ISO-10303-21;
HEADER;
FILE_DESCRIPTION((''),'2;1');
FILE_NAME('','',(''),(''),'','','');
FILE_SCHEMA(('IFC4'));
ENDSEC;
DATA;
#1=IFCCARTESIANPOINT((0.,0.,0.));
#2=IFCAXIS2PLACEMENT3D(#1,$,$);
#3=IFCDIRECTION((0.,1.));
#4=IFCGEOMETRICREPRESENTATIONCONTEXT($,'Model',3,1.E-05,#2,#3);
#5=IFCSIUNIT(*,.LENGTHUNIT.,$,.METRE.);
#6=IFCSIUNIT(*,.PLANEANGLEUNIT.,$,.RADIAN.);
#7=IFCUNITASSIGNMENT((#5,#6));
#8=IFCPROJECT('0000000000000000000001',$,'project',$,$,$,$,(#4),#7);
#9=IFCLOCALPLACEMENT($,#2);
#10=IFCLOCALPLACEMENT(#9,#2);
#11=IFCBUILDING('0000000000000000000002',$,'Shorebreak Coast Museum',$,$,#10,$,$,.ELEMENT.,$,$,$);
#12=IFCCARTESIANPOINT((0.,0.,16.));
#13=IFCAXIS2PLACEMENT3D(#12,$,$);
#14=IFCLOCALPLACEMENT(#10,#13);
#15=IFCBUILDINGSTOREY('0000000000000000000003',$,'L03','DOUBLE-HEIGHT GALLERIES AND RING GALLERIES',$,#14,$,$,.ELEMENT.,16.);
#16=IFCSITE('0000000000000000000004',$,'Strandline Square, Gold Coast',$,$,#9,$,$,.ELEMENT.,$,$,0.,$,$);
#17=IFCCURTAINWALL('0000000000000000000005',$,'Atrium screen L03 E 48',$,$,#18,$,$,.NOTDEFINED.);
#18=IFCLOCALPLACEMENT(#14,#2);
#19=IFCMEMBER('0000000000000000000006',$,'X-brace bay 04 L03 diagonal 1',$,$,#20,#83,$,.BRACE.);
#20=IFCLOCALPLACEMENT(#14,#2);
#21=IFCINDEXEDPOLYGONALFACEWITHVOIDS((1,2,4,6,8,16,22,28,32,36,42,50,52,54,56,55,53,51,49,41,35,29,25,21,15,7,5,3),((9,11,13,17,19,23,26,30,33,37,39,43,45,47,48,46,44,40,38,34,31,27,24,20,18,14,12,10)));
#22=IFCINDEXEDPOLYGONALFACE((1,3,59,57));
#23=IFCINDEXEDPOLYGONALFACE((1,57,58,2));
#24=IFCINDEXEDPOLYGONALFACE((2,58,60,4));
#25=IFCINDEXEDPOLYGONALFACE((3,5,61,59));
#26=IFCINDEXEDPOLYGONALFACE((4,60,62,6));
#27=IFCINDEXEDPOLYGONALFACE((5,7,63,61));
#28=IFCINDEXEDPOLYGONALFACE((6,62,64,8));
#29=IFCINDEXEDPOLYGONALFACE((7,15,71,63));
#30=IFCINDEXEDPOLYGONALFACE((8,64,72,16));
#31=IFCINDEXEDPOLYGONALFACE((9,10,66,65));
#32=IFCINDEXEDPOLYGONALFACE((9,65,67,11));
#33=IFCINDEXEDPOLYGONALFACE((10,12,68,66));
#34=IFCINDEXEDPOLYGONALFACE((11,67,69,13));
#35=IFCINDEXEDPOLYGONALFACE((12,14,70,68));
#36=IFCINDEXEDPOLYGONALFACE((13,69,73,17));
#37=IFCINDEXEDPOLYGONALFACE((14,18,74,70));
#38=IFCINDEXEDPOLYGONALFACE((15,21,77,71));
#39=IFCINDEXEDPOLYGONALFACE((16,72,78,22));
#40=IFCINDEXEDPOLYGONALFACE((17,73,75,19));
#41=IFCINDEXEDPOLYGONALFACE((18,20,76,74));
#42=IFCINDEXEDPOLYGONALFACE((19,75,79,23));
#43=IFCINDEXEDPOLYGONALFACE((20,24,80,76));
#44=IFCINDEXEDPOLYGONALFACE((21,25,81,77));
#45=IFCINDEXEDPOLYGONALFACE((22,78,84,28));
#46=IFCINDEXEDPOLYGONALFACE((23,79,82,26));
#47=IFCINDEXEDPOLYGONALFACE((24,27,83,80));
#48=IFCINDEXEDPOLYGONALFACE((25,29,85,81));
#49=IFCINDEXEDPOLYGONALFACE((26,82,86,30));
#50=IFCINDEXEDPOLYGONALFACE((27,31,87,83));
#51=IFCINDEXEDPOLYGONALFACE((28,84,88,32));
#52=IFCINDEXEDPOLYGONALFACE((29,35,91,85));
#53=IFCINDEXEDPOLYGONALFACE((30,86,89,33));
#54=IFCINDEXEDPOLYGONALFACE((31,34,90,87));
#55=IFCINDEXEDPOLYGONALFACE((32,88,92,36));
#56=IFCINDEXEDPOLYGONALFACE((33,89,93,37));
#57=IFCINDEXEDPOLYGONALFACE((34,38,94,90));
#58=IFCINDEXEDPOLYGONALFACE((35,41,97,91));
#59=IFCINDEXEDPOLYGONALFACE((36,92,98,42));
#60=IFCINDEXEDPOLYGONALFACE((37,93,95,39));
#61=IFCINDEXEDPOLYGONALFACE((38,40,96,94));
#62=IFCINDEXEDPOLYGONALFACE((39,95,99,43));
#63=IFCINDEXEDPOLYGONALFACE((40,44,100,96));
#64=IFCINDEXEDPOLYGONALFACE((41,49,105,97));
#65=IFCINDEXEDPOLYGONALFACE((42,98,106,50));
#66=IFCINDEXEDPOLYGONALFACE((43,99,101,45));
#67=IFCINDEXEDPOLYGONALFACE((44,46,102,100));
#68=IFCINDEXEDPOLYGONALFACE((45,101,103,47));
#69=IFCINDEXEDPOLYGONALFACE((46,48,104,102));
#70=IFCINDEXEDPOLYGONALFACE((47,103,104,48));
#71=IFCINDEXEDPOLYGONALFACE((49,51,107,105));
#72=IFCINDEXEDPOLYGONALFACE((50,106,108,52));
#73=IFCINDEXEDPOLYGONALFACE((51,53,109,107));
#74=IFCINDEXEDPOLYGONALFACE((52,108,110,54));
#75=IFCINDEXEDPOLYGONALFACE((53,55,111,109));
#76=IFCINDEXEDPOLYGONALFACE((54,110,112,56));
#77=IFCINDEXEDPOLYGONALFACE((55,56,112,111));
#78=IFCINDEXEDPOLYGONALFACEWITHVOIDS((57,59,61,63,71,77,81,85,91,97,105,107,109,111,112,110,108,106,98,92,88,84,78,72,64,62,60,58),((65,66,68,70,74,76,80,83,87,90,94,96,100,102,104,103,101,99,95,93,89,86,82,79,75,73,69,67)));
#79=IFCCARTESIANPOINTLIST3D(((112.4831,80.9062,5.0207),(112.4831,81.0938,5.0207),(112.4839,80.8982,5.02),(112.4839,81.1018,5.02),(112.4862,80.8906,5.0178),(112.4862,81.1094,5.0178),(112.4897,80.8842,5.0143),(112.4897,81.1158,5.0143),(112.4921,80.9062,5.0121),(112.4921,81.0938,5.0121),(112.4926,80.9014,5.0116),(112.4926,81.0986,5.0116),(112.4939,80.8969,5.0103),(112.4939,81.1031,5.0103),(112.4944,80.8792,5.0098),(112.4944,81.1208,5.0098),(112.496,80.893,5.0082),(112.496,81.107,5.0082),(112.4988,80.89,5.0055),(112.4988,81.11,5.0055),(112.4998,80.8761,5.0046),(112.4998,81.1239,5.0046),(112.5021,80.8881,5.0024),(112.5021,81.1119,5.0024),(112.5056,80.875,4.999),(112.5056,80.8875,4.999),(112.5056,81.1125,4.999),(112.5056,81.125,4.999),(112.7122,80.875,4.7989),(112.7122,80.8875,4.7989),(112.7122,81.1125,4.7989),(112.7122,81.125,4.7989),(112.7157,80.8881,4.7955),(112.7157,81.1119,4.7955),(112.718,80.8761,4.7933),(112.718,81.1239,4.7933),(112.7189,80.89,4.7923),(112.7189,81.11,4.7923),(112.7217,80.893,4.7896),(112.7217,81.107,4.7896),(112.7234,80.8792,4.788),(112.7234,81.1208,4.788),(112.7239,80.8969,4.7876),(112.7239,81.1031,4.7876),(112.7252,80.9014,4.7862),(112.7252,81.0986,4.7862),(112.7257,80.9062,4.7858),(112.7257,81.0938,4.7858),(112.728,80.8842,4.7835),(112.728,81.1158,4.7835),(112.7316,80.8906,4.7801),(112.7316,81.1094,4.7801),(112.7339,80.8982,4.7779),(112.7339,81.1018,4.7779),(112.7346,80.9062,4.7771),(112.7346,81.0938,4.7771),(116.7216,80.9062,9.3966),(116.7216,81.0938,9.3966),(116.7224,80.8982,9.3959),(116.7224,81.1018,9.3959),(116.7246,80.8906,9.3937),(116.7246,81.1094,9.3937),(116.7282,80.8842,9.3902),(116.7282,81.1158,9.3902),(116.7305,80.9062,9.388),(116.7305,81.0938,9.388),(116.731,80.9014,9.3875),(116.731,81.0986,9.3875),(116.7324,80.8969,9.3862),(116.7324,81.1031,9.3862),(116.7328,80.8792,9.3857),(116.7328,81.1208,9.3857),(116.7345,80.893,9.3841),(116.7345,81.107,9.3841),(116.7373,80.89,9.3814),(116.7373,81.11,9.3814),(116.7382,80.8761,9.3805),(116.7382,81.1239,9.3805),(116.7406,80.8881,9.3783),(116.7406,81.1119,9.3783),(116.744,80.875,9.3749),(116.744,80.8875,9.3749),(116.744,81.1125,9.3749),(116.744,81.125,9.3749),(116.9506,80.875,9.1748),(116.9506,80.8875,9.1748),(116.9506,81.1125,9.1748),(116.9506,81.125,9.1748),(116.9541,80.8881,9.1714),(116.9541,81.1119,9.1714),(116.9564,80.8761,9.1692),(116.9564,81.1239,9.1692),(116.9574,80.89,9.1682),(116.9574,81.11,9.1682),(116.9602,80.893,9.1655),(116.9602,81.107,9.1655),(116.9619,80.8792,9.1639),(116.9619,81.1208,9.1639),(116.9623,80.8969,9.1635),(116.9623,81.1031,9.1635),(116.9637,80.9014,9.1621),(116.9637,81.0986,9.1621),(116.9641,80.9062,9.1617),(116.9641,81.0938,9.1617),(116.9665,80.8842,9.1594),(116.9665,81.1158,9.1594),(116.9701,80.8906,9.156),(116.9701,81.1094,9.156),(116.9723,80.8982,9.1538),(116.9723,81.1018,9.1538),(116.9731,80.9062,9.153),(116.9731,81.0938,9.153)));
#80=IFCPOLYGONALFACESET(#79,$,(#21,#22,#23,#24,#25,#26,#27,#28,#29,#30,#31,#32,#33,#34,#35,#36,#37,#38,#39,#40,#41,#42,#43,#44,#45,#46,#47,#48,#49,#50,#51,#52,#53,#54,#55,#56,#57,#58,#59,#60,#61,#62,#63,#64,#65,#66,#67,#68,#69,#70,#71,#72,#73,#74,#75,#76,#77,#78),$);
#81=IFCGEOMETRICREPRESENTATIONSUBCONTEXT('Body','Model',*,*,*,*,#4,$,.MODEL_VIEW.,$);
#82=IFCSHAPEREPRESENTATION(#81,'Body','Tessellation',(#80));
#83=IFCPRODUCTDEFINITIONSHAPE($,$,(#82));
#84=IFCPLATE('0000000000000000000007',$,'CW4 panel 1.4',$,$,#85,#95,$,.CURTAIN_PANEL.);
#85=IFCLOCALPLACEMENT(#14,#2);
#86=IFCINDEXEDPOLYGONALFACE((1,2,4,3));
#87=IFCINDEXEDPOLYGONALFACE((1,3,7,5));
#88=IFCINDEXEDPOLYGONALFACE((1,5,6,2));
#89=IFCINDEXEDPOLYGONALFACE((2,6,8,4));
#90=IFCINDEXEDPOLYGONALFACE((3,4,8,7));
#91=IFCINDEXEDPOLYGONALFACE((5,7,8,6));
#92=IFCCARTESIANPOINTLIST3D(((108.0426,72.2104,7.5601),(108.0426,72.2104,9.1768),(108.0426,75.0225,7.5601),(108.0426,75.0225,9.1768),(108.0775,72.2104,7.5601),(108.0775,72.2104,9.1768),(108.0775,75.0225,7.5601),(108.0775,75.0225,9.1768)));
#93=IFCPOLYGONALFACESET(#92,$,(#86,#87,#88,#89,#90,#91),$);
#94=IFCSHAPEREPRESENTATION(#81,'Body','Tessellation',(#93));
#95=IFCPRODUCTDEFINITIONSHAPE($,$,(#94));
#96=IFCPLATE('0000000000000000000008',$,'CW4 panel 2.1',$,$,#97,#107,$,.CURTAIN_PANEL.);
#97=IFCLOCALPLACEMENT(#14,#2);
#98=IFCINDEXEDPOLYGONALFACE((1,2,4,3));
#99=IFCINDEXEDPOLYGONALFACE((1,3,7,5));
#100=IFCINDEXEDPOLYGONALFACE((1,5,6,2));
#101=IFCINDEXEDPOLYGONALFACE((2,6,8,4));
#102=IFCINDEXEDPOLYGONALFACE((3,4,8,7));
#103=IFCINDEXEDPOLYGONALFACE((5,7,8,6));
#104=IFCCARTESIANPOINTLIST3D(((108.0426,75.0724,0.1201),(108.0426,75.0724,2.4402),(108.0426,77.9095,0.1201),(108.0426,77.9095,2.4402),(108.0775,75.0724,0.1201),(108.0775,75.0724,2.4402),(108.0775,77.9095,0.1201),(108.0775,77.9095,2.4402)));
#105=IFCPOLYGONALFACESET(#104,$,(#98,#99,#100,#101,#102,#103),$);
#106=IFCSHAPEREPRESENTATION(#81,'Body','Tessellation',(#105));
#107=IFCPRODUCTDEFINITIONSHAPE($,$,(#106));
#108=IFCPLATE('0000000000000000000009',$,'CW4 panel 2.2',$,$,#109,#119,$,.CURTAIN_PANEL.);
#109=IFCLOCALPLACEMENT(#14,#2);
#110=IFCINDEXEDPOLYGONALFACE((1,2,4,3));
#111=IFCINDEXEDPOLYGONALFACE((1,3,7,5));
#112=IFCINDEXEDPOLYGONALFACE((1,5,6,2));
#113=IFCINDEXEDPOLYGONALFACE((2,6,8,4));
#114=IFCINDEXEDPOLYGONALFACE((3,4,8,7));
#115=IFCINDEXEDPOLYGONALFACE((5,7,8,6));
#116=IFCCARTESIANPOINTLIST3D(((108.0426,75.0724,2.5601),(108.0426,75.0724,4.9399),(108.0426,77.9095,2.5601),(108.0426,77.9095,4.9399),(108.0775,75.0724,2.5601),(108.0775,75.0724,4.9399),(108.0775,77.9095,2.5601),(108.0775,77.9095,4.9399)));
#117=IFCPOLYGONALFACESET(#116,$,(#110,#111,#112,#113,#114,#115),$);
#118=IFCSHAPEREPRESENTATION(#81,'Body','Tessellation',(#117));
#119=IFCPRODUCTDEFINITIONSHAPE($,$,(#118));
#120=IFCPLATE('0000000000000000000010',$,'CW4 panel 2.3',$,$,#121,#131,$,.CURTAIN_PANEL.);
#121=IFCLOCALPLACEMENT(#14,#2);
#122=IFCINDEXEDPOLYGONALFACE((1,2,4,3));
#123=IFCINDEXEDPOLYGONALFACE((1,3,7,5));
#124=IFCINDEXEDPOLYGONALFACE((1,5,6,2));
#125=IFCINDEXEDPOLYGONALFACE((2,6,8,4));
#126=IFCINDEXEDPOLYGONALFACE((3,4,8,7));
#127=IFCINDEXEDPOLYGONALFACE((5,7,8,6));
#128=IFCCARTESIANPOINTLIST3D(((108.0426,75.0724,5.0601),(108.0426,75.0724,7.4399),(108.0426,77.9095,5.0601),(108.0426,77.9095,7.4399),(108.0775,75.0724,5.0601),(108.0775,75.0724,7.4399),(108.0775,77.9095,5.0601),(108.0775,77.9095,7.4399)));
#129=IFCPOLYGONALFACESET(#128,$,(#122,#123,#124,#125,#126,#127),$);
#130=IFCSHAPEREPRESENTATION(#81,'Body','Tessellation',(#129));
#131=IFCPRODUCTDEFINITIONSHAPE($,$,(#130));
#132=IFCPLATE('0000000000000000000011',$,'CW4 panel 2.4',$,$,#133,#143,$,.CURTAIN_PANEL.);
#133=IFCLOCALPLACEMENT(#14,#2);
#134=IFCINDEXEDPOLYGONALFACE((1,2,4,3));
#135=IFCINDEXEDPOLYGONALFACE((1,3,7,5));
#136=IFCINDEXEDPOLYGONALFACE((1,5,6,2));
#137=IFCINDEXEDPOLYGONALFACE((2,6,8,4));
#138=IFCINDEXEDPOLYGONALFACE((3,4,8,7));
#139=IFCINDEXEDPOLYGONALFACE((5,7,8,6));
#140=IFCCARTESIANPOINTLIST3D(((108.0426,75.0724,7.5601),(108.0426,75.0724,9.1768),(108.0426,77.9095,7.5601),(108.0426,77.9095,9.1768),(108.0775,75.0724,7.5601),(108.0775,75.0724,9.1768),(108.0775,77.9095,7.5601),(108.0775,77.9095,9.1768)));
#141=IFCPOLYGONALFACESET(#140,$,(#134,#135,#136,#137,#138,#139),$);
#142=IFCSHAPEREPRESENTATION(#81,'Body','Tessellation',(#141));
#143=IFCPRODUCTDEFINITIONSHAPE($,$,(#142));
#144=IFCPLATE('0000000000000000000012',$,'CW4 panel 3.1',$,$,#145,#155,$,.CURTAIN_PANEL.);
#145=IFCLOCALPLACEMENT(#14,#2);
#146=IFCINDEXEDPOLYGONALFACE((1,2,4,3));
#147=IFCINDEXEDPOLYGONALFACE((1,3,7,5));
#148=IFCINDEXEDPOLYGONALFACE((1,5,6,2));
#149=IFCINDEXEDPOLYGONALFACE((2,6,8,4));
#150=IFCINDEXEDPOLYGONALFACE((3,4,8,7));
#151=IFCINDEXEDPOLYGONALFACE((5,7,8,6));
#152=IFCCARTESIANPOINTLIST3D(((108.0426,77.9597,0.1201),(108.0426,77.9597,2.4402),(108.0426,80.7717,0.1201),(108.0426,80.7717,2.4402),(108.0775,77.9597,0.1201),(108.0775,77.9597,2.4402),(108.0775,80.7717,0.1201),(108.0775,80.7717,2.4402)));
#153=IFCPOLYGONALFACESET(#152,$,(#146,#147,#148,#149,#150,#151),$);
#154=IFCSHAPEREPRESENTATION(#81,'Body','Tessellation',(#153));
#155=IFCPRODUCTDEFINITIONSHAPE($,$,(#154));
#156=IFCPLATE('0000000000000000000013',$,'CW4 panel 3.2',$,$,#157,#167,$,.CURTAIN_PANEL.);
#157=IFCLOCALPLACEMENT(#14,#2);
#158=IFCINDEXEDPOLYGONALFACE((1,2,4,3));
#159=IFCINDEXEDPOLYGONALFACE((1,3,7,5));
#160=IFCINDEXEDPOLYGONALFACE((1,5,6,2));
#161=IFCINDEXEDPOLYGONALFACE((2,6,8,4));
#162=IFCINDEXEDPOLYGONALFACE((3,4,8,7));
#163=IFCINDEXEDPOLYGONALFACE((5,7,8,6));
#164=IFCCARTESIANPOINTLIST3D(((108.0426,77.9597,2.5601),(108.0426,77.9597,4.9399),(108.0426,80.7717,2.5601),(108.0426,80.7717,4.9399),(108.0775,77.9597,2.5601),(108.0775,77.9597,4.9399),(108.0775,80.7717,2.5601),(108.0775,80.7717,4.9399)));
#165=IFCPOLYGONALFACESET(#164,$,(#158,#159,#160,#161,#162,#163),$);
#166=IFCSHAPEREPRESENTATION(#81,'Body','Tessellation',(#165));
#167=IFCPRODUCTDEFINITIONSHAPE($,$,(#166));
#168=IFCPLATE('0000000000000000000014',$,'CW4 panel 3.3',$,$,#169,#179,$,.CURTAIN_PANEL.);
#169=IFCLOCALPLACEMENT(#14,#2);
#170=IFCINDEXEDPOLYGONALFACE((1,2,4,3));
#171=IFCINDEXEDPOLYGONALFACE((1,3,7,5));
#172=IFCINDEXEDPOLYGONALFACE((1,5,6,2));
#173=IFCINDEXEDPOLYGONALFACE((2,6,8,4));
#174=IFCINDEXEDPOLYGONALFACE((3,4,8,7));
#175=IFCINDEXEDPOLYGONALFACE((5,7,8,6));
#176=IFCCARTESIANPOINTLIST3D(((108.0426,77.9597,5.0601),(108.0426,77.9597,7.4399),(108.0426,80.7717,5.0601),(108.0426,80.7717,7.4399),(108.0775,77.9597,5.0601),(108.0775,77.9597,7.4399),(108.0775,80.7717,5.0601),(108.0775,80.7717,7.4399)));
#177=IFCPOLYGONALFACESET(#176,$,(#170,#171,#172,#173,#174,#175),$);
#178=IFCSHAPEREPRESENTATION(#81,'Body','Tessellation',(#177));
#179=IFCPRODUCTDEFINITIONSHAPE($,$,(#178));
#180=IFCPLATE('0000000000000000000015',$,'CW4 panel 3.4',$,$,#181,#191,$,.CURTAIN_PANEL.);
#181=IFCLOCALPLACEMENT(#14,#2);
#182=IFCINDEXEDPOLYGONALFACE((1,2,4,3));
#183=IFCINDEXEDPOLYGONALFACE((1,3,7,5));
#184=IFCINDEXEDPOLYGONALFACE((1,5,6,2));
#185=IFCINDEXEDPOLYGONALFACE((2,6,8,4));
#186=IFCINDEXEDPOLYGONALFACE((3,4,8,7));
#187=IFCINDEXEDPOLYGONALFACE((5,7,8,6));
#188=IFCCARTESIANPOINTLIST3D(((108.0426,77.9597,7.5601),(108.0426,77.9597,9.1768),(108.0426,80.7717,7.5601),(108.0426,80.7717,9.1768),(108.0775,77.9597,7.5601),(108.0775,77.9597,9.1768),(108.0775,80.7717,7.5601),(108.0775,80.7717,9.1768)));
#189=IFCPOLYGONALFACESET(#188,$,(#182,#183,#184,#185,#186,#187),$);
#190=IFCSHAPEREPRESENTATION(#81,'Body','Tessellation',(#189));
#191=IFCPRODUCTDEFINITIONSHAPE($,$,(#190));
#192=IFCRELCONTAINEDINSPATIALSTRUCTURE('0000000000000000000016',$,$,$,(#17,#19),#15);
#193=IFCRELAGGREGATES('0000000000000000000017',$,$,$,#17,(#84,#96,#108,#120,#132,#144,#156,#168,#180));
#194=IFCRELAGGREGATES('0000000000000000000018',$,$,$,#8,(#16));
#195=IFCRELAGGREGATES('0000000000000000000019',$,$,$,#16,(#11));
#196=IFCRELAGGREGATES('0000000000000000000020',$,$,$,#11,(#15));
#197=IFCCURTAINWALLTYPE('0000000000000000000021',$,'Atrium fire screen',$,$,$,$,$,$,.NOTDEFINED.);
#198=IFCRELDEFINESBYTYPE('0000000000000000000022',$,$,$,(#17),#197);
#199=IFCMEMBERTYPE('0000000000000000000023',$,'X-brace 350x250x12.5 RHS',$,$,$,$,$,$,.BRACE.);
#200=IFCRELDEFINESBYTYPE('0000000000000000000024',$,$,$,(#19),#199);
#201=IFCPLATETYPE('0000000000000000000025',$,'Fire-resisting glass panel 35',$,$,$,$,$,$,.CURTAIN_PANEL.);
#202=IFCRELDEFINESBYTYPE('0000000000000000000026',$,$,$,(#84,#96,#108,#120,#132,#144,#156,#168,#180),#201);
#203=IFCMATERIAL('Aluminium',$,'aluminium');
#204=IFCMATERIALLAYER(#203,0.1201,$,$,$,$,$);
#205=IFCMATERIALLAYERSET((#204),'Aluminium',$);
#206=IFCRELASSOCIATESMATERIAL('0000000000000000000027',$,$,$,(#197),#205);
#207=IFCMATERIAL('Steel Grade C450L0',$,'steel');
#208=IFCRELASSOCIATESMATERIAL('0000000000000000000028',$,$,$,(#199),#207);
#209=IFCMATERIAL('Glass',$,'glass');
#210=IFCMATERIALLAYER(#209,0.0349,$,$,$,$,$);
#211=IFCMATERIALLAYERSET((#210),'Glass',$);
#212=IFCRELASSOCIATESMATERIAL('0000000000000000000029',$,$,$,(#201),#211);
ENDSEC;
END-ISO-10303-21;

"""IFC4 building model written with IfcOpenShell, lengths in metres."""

from ifc_helpers import new_model, si_unit, direction, frame, origin, origin_2d, place, context, subcontext, project, spatial, rectangle, hollow_rectangle, extrude, material, layer, layer_set, material_profile, profile_set, type_object, element, aggregate, save


model = new_model("IFC4")

# Units and contexts
model_context = context("Model", 3, precision=1e-05, world=origin(), true_north=direction((0.0, 1.0)))
body_context = subcontext(model_context, "Body", "Model", "MODEL_VIEW")
ifc_project = project(units=[si_unit("LENGTHUNIT", "METRE"), si_unit("PLANEANGLEUNIT", "RADIAN")], contexts=[model_context])

# Site, building, storey
site_placement = place(None, origin())
site = spatial("IfcSite", under=ifc_project, at=site_placement, Name="Strandline Square, Gold Coast", CompositionType="ELEMENT", RefElevation=0.0)
building_placement = place(site_placement, origin())
building = spatial("IfcBuilding", under=site, at=building_placement, Name="Shorebreak Coast Museum", CompositionType="ELEMENT")
storey_placement = place(building_placement, frame((0.0, 0.0, 16.0)))
storey = spatial("IfcBuildingStorey", under=building, at=storey_placement, Name="L03", Description="DOUBLE-HEIGHT GALLERIES AND RING GALLERIES", CompositionType="ELEMENT", Elevation=16.0)

# Curtain wall
ifc_material_1 = material(Name="Aluminium", Category="aluminium")
ifc_layer_1 = layer(ifc_material_1, 0.1201)
ifc_layer_set_1 = layer_set([ifc_layer_1], Name="Aluminium")
curtain_wall_type = type_object("IfcCurtainWallType", Name="Atrium fire screen", PredefinedType="NOTDEFINED", material=ifc_layer_set_1)
curtain_wall_placement = place(storey_placement, origin())
curtain_wall = element("IfcCurtainWall", 1, at=curtain_wall_placement, inside=storey, type_object=curtain_wall_type, Name="Atrium screen L03 E 48", PredefinedType="NOTDEFINED")

# Member
ifc_material_2 = material(Name="Steel Grade C450L0", Category="steel")
ifc_material_profile_1 = material_profile(ifc_material_2, hollow_rectangle(XDim=0.25, YDim=0.3501, WallThickness=0.0125, InnerFilletRadius=0.0188, OuterFilletRadius=0.0312, at=origin_2d()), Name="350x250x12.5 RHS")
ifc_profile_set_1 = profile_set([ifc_material_profile_1], Name="Steel Grade C450L0")
member_type_1 = type_object("IfcMemberType", Name="X-brace 350x250x12.5 RHS", PredefinedType="BRACE", material=ifc_profile_set_1)
member_1_placement = place(storey_placement, frame((112.6089, 81.0, 4.8989), z_axis=(0.695736, 0.0, 0.718298), x_axis=(0.0, 1.0, 0.0)))
element("IfcMember", 2, at=member_1_placement, inside=storey, type_object=member_type_1, Name="X-brace bay 04 L03 diagonal 1", PredefinedType="BRACE", context=body_context, shape_type="SweptSolid", body=[
    extrude(hollow_rectangle(XDim=0.25, YDim=0.3501, WallThickness=0.0125, InnerFilletRadius=0.0188, OuterFilletRadius=0.0312, at=origin_2d()), origin(), (0.0, 0.0, 1.0), 6.092),
])

# Plates
ifc_material_3 = material(Name="Glass", Category="glass")
ifc_layer_2 = layer(ifc_material_3, 0.0349)
ifc_layer_set_2 = layer_set([ifc_layer_2], Name="Glass")
plate_type = type_object("IfcPlateType", Name="Fire-resisting glass panel 35", PredefinedType="CURTAIN_PANEL", material=ifc_layer_set_2)
plate_1_placement = place(storey_placement, frame((108.0601, 73.6165, 7.5601), z_axis=(0.0, 0.0, 1.0), x_axis=(0.0, 1.0, 0.0)))
plate_1 = element("IfcPlate", 3, at=plate_1_placement, type_object=plate_type, Name="CW4 panel 1.4", PredefinedType="CURTAIN_PANEL", context=body_context, shape_type="SweptSolid", body=[
    extrude(rectangle(XDim=2.812, YDim=0.0349, at=origin_2d()), origin(), (0.0, 0.0, 1.0), 1.6167),
])
plate_2_placement = place(storey_placement, frame((108.0601, 76.491, 0.1201), z_axis=(0.0, 0.0, 1.0), x_axis=(0.0, 1.0, 0.0)))
plate_2 = element("IfcPlate", 4, at=plate_2_placement, type_object=plate_type, Name="CW4 panel 2.1", PredefinedType="CURTAIN_PANEL", context=body_context, shape_type="SweptSolid", body=[
    extrude(rectangle(XDim=2.8372, YDim=0.0349, at=origin_2d()), origin(), (0.0, 0.0, 1.0), 2.3201),
])
plate_3_placement = place(storey_placement, frame((108.0601, 76.491, 2.5601), z_axis=(0.0, 0.0, 1.0), x_axis=(0.0, 1.0, 0.0)))
plate_3 = element("IfcPlate", 5, at=plate_3_placement, type_object=plate_type, Name="CW4 panel 2.2", PredefinedType="CURTAIN_PANEL", context=body_context, shape_type="SweptSolid", body=[
    extrude(rectangle(XDim=2.8372, YDim=0.0349, at=origin_2d()), origin(), (0.0, 0.0, 1.0), 2.3799),
])
plate_4_placement = place(storey_placement, frame((108.0601, 76.491, 5.0601), z_axis=(0.0, 0.0, 1.0), x_axis=(0.0, 1.0, 0.0)))
plate_4 = element("IfcPlate", 6, at=plate_4_placement, type_object=plate_type, Name="CW4 panel 2.3", PredefinedType="CURTAIN_PANEL", context=body_context, shape_type="SweptSolid", body=[
    extrude(rectangle(XDim=2.8372, YDim=0.0349, at=origin_2d()), origin(), (0.0, 0.0, 1.0), 2.3799),
])
plate_5_placement = place(storey_placement, frame((108.0601, 76.491, 7.5601), z_axis=(0.0, 0.0, 1.0), x_axis=(0.0, 1.0, 0.0)))
plate_5 = element("IfcPlate", 7, at=plate_5_placement, type_object=plate_type, Name="CW4 panel 2.4", PredefinedType="CURTAIN_PANEL", context=body_context, shape_type="SweptSolid", body=[
    extrude(rectangle(XDim=2.8372, YDim=0.0349, at=origin_2d()), origin(), (0.0, 0.0, 1.0), 1.6167),
])
plate_6_placement = place(storey_placement, frame((108.0601, 79.3657, 0.1201), z_axis=(0.0, 0.0, 1.0), x_axis=(0.0, 1.0, 0.0)))
plate_6 = element("IfcPlate", 8, at=plate_6_placement, type_object=plate_type, Name="CW4 panel 3.1", PredefinedType="CURTAIN_PANEL", context=body_context, shape_type="SweptSolid", body=[
    extrude(rectangle(XDim=2.812, YDim=0.0349, at=origin_2d()), origin(), (0.0, 0.0, 1.0), 2.3201),
])
plate_7_placement = place(storey_placement, frame((108.0601, 79.3657, 2.5601), z_axis=(0.0, 0.0, 1.0), x_axis=(0.0, 1.0, 0.0)))
plate_7 = element("IfcPlate", 9, at=plate_7_placement, type_object=plate_type, Name="CW4 panel 3.2", PredefinedType="CURTAIN_PANEL", context=body_context, shape_type="SweptSolid", body=[
    extrude(rectangle(XDim=2.812, YDim=0.0349, at=origin_2d()), origin(), (0.0, 0.0, 1.0), 2.3799),
])
plate_8_placement = place(storey_placement, frame((108.0601, 79.3657, 5.0601), z_axis=(0.0, 0.0, 1.0), x_axis=(0.0, 1.0, 0.0)))
plate_8 = element("IfcPlate", 10, at=plate_8_placement, type_object=plate_type, Name="CW4 panel 3.3", PredefinedType="CURTAIN_PANEL", context=body_context, shape_type="SweptSolid", body=[
    extrude(rectangle(XDim=2.812, YDim=0.0349, at=origin_2d()), origin(), (0.0, 0.0, 1.0), 2.3799),
])
plate_9_placement = place(storey_placement, frame((108.0601, 79.3657, 7.5601), z_axis=(0.0, 0.0, 1.0), x_axis=(0.0, 1.0, 0.0)))
plate_9 = element("IfcPlate", 11, at=plate_9_placement, type_object=plate_type, Name="CW4 panel 3.4", PredefinedType="CURTAIN_PANEL", context=body_context, shape_type="SweptSolid", body=[
    extrude(rectangle(XDim=2.812, YDim=0.0349, at=origin_2d()), origin(), (0.0, 0.0, 1.0), 1.6167),
])
aggregate(curtain_wall, [plate_1, plate_2, plate_3, plate_4, plate_5, plate_6, plate_7, plate_8, plate_9])

save(model, "model.ifc")
